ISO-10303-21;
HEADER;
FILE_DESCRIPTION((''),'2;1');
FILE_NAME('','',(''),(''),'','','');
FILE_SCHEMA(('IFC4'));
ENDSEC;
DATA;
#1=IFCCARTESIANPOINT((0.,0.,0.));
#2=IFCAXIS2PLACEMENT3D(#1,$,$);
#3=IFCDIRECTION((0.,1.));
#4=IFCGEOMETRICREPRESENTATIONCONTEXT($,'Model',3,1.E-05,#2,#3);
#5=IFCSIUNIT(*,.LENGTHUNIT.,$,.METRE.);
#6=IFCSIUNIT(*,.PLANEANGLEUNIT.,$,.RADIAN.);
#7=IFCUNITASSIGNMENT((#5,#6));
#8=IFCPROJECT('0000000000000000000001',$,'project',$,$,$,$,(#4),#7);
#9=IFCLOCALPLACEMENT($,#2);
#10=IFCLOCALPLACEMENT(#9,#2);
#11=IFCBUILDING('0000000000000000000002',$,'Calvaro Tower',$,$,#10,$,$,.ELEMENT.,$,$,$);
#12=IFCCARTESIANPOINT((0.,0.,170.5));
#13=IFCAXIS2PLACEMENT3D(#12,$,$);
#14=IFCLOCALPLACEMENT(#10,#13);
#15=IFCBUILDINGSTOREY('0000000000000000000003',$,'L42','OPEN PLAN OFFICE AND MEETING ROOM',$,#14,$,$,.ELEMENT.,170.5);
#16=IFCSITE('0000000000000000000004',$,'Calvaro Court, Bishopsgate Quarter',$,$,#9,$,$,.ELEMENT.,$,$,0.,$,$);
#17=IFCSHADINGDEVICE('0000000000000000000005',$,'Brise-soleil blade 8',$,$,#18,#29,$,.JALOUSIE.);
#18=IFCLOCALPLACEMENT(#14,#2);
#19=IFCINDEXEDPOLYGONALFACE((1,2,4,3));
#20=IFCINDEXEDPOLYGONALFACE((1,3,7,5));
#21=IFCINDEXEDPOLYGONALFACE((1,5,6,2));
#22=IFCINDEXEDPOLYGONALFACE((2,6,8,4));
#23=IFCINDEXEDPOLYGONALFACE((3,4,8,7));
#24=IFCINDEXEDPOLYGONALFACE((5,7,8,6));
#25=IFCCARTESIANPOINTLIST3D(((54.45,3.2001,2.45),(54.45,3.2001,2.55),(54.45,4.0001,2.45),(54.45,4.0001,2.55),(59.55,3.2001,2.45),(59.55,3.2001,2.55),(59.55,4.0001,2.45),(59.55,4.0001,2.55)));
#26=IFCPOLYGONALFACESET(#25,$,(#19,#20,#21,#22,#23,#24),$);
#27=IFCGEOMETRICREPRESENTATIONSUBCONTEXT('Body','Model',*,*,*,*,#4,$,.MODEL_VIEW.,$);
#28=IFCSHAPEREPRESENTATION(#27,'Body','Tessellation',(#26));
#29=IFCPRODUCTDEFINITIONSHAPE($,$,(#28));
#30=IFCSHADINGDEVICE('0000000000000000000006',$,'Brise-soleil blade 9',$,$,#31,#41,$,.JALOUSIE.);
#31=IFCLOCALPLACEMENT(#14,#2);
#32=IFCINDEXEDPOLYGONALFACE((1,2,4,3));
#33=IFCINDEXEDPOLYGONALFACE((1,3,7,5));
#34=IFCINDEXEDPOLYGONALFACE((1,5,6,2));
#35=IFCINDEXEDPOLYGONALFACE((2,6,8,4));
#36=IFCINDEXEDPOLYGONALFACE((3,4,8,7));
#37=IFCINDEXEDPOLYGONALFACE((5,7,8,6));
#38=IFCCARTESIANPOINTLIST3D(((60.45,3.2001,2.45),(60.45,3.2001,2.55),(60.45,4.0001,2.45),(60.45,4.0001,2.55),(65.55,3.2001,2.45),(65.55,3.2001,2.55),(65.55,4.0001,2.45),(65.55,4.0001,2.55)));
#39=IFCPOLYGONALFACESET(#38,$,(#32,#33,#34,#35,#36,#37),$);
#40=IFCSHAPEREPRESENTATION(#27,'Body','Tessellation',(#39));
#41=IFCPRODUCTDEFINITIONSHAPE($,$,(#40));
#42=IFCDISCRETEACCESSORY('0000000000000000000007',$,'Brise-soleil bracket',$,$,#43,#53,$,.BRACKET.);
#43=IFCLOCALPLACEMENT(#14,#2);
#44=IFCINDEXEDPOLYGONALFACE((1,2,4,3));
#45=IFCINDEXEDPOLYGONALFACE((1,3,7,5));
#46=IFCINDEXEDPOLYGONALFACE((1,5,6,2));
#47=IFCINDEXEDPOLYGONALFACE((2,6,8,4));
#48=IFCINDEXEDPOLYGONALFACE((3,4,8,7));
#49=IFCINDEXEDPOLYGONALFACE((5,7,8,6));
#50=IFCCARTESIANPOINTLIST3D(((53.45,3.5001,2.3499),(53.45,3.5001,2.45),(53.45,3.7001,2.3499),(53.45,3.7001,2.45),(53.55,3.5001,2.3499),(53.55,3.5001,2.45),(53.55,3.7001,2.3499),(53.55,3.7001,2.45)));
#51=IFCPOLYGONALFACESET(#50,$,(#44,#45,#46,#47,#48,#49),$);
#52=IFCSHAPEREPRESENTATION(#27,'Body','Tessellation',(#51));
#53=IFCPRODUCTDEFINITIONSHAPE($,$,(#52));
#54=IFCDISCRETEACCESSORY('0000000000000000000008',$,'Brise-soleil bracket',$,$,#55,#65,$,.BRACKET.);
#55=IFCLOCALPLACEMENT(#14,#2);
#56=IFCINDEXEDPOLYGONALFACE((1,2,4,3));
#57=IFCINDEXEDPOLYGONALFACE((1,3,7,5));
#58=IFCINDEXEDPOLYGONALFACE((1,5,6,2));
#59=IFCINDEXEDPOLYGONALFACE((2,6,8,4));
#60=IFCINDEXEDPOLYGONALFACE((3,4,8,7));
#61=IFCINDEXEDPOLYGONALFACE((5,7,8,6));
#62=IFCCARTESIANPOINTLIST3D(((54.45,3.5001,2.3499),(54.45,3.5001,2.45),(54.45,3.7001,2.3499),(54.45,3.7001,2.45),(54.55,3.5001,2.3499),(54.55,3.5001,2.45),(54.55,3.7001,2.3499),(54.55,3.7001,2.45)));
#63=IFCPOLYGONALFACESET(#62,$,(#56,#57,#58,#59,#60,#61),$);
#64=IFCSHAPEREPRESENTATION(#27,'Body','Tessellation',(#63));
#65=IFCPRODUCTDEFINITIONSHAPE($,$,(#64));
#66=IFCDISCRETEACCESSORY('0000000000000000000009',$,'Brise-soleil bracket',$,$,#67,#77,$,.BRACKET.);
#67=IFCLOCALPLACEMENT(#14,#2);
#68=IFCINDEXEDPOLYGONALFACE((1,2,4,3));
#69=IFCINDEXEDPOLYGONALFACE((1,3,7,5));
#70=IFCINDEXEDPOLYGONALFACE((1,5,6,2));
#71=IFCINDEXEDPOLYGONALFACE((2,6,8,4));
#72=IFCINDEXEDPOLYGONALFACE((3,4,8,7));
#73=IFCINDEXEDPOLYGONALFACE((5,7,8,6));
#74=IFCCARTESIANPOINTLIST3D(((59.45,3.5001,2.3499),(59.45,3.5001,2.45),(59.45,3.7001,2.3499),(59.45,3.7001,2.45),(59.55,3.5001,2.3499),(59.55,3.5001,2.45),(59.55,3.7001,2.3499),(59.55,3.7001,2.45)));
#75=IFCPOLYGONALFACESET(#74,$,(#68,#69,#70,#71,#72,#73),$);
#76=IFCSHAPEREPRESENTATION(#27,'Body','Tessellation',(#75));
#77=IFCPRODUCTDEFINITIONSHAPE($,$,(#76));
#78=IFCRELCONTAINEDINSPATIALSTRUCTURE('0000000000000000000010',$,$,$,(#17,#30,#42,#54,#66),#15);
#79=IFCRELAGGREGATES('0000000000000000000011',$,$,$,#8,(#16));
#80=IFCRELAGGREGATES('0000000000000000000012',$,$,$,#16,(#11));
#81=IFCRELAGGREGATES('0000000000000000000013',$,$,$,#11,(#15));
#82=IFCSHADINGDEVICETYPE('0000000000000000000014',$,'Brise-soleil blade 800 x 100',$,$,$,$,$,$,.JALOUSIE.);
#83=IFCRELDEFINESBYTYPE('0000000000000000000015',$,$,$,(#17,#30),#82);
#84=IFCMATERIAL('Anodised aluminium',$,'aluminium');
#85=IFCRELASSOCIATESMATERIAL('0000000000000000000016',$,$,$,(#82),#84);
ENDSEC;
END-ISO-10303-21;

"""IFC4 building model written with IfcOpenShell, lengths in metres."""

from ifc_helpers import new_model, si_unit, direction, frame, origin, origin_2d, place, context, subcontext, project, spatial, rectangle, extrude, material, material_profile, profile_set, type_object, element, save


model = new_model("IFC4")

# Units and contexts
model_context = context("Model", 3, precision=1e-05, world=origin(), true_north=direction((0.0, 1.0)))
body_context = subcontext(model_context, "Body", "Model", "MODEL_VIEW")
ifc_project = project(units=[si_unit("LENGTHUNIT", "METRE"), si_unit("PLANEANGLEUNIT", "RADIAN")], contexts=[model_context])

# Site, building, storey
site_placement = place(None, origin())
site = spatial("IfcSite", under=ifc_project, at=site_placement, Name="Calvaro Court, Bishopsgate Quarter", CompositionType="ELEMENT", RefElevation=0.0)
building_placement = place(site_placement, origin())
building = spatial("IfcBuilding", under=site, at=building_placement, Name="Calvaro Tower", CompositionType="ELEMENT")
storey_placement = place(building_placement, frame((0.0, 0.0, 170.5)))
storey = spatial("IfcBuildingStorey", under=building, at=storey_placement, Name="L42", Description="OPEN PLAN OFFICE AND MEETING ROOM", CompositionType="ELEMENT", Elevation=170.5)

# Shading devices
ifc_material_1 = material(Name="Anodised aluminium", Category="aluminium")
ifc_material_profile_1 = material_profile(ifc_material_1, rectangle(XDim=0.8, YDim=0.1001, at=origin_2d()), Name="Brise-soleil blade 800 x 100")
ifc_profile_set_1 = profile_set([ifc_material_profile_1], Name="Anodised aluminium")
shading_device_type = type_object("IfcShadingDeviceType", Name="Brise-soleil blade 800 x 100", PredefinedType="JALOUSIE", material=ifc_profile_set_1)
for number, where, z_axis, x_axis, name in (
    (1, (54.45, 3.6001, 2.5), (1.0, 0.0, 0.0), (0.0, 1.0, 0.0), "Brise-soleil blade 8"),
    (2, (60.45, 3.6001, 2.5), (1.0, 0.0, 0.0), (0.0, 1.0, 0.0), "Brise-soleil blade 9"),
):
    element("IfcShadingDevice", number, at=place(storey_placement, frame(where, z_axis=z_axis, x_axis=x_axis)), inside=storey, type_object=shading_device_type, Name=name, PredefinedType="JALOUSIE", context=body_context, shape_type="SweptSolid", body=[
        extrude(rectangle(XDim=0.8, YDim=0.1001, at=origin_2d()), origin(), (0.0, 0.0, 1.0), 5.1001),
    ])

# Discrete accessories
for number, where, z_axis, x_axis, name in (
    (3, (53.5, 3.6001, 2.3499), (0.0, 0.0, 1.0), (1.0, 0.0, 0.0), "Brise-soleil bracket"),
    (4, (54.5, 3.6001, 2.3499), (0.0, 0.0, 1.0), (1.0, 0.0, 0.0), "Brise-soleil bracket"),
    (5, (59.5, 3.6001, 2.3499), (0.0, 0.0, 1.0), (1.0, 0.0, 0.0), "Brise-soleil bracket"),
):
    element("IfcDiscreteAccessory", number, at=place(storey_placement, frame(where, z_axis=z_axis, x_axis=x_axis)), inside=storey, Name=name, PredefinedType="BRACKET", context=body_context, shape_type="SweptSolid", body=[
        extrude(rectangle(XDim=0.1001, YDim=0.2, at=origin_2d()), origin(), (0.0, 0.0, 1.0), 0.1001),
    ])

save(model, "model.ifc")
